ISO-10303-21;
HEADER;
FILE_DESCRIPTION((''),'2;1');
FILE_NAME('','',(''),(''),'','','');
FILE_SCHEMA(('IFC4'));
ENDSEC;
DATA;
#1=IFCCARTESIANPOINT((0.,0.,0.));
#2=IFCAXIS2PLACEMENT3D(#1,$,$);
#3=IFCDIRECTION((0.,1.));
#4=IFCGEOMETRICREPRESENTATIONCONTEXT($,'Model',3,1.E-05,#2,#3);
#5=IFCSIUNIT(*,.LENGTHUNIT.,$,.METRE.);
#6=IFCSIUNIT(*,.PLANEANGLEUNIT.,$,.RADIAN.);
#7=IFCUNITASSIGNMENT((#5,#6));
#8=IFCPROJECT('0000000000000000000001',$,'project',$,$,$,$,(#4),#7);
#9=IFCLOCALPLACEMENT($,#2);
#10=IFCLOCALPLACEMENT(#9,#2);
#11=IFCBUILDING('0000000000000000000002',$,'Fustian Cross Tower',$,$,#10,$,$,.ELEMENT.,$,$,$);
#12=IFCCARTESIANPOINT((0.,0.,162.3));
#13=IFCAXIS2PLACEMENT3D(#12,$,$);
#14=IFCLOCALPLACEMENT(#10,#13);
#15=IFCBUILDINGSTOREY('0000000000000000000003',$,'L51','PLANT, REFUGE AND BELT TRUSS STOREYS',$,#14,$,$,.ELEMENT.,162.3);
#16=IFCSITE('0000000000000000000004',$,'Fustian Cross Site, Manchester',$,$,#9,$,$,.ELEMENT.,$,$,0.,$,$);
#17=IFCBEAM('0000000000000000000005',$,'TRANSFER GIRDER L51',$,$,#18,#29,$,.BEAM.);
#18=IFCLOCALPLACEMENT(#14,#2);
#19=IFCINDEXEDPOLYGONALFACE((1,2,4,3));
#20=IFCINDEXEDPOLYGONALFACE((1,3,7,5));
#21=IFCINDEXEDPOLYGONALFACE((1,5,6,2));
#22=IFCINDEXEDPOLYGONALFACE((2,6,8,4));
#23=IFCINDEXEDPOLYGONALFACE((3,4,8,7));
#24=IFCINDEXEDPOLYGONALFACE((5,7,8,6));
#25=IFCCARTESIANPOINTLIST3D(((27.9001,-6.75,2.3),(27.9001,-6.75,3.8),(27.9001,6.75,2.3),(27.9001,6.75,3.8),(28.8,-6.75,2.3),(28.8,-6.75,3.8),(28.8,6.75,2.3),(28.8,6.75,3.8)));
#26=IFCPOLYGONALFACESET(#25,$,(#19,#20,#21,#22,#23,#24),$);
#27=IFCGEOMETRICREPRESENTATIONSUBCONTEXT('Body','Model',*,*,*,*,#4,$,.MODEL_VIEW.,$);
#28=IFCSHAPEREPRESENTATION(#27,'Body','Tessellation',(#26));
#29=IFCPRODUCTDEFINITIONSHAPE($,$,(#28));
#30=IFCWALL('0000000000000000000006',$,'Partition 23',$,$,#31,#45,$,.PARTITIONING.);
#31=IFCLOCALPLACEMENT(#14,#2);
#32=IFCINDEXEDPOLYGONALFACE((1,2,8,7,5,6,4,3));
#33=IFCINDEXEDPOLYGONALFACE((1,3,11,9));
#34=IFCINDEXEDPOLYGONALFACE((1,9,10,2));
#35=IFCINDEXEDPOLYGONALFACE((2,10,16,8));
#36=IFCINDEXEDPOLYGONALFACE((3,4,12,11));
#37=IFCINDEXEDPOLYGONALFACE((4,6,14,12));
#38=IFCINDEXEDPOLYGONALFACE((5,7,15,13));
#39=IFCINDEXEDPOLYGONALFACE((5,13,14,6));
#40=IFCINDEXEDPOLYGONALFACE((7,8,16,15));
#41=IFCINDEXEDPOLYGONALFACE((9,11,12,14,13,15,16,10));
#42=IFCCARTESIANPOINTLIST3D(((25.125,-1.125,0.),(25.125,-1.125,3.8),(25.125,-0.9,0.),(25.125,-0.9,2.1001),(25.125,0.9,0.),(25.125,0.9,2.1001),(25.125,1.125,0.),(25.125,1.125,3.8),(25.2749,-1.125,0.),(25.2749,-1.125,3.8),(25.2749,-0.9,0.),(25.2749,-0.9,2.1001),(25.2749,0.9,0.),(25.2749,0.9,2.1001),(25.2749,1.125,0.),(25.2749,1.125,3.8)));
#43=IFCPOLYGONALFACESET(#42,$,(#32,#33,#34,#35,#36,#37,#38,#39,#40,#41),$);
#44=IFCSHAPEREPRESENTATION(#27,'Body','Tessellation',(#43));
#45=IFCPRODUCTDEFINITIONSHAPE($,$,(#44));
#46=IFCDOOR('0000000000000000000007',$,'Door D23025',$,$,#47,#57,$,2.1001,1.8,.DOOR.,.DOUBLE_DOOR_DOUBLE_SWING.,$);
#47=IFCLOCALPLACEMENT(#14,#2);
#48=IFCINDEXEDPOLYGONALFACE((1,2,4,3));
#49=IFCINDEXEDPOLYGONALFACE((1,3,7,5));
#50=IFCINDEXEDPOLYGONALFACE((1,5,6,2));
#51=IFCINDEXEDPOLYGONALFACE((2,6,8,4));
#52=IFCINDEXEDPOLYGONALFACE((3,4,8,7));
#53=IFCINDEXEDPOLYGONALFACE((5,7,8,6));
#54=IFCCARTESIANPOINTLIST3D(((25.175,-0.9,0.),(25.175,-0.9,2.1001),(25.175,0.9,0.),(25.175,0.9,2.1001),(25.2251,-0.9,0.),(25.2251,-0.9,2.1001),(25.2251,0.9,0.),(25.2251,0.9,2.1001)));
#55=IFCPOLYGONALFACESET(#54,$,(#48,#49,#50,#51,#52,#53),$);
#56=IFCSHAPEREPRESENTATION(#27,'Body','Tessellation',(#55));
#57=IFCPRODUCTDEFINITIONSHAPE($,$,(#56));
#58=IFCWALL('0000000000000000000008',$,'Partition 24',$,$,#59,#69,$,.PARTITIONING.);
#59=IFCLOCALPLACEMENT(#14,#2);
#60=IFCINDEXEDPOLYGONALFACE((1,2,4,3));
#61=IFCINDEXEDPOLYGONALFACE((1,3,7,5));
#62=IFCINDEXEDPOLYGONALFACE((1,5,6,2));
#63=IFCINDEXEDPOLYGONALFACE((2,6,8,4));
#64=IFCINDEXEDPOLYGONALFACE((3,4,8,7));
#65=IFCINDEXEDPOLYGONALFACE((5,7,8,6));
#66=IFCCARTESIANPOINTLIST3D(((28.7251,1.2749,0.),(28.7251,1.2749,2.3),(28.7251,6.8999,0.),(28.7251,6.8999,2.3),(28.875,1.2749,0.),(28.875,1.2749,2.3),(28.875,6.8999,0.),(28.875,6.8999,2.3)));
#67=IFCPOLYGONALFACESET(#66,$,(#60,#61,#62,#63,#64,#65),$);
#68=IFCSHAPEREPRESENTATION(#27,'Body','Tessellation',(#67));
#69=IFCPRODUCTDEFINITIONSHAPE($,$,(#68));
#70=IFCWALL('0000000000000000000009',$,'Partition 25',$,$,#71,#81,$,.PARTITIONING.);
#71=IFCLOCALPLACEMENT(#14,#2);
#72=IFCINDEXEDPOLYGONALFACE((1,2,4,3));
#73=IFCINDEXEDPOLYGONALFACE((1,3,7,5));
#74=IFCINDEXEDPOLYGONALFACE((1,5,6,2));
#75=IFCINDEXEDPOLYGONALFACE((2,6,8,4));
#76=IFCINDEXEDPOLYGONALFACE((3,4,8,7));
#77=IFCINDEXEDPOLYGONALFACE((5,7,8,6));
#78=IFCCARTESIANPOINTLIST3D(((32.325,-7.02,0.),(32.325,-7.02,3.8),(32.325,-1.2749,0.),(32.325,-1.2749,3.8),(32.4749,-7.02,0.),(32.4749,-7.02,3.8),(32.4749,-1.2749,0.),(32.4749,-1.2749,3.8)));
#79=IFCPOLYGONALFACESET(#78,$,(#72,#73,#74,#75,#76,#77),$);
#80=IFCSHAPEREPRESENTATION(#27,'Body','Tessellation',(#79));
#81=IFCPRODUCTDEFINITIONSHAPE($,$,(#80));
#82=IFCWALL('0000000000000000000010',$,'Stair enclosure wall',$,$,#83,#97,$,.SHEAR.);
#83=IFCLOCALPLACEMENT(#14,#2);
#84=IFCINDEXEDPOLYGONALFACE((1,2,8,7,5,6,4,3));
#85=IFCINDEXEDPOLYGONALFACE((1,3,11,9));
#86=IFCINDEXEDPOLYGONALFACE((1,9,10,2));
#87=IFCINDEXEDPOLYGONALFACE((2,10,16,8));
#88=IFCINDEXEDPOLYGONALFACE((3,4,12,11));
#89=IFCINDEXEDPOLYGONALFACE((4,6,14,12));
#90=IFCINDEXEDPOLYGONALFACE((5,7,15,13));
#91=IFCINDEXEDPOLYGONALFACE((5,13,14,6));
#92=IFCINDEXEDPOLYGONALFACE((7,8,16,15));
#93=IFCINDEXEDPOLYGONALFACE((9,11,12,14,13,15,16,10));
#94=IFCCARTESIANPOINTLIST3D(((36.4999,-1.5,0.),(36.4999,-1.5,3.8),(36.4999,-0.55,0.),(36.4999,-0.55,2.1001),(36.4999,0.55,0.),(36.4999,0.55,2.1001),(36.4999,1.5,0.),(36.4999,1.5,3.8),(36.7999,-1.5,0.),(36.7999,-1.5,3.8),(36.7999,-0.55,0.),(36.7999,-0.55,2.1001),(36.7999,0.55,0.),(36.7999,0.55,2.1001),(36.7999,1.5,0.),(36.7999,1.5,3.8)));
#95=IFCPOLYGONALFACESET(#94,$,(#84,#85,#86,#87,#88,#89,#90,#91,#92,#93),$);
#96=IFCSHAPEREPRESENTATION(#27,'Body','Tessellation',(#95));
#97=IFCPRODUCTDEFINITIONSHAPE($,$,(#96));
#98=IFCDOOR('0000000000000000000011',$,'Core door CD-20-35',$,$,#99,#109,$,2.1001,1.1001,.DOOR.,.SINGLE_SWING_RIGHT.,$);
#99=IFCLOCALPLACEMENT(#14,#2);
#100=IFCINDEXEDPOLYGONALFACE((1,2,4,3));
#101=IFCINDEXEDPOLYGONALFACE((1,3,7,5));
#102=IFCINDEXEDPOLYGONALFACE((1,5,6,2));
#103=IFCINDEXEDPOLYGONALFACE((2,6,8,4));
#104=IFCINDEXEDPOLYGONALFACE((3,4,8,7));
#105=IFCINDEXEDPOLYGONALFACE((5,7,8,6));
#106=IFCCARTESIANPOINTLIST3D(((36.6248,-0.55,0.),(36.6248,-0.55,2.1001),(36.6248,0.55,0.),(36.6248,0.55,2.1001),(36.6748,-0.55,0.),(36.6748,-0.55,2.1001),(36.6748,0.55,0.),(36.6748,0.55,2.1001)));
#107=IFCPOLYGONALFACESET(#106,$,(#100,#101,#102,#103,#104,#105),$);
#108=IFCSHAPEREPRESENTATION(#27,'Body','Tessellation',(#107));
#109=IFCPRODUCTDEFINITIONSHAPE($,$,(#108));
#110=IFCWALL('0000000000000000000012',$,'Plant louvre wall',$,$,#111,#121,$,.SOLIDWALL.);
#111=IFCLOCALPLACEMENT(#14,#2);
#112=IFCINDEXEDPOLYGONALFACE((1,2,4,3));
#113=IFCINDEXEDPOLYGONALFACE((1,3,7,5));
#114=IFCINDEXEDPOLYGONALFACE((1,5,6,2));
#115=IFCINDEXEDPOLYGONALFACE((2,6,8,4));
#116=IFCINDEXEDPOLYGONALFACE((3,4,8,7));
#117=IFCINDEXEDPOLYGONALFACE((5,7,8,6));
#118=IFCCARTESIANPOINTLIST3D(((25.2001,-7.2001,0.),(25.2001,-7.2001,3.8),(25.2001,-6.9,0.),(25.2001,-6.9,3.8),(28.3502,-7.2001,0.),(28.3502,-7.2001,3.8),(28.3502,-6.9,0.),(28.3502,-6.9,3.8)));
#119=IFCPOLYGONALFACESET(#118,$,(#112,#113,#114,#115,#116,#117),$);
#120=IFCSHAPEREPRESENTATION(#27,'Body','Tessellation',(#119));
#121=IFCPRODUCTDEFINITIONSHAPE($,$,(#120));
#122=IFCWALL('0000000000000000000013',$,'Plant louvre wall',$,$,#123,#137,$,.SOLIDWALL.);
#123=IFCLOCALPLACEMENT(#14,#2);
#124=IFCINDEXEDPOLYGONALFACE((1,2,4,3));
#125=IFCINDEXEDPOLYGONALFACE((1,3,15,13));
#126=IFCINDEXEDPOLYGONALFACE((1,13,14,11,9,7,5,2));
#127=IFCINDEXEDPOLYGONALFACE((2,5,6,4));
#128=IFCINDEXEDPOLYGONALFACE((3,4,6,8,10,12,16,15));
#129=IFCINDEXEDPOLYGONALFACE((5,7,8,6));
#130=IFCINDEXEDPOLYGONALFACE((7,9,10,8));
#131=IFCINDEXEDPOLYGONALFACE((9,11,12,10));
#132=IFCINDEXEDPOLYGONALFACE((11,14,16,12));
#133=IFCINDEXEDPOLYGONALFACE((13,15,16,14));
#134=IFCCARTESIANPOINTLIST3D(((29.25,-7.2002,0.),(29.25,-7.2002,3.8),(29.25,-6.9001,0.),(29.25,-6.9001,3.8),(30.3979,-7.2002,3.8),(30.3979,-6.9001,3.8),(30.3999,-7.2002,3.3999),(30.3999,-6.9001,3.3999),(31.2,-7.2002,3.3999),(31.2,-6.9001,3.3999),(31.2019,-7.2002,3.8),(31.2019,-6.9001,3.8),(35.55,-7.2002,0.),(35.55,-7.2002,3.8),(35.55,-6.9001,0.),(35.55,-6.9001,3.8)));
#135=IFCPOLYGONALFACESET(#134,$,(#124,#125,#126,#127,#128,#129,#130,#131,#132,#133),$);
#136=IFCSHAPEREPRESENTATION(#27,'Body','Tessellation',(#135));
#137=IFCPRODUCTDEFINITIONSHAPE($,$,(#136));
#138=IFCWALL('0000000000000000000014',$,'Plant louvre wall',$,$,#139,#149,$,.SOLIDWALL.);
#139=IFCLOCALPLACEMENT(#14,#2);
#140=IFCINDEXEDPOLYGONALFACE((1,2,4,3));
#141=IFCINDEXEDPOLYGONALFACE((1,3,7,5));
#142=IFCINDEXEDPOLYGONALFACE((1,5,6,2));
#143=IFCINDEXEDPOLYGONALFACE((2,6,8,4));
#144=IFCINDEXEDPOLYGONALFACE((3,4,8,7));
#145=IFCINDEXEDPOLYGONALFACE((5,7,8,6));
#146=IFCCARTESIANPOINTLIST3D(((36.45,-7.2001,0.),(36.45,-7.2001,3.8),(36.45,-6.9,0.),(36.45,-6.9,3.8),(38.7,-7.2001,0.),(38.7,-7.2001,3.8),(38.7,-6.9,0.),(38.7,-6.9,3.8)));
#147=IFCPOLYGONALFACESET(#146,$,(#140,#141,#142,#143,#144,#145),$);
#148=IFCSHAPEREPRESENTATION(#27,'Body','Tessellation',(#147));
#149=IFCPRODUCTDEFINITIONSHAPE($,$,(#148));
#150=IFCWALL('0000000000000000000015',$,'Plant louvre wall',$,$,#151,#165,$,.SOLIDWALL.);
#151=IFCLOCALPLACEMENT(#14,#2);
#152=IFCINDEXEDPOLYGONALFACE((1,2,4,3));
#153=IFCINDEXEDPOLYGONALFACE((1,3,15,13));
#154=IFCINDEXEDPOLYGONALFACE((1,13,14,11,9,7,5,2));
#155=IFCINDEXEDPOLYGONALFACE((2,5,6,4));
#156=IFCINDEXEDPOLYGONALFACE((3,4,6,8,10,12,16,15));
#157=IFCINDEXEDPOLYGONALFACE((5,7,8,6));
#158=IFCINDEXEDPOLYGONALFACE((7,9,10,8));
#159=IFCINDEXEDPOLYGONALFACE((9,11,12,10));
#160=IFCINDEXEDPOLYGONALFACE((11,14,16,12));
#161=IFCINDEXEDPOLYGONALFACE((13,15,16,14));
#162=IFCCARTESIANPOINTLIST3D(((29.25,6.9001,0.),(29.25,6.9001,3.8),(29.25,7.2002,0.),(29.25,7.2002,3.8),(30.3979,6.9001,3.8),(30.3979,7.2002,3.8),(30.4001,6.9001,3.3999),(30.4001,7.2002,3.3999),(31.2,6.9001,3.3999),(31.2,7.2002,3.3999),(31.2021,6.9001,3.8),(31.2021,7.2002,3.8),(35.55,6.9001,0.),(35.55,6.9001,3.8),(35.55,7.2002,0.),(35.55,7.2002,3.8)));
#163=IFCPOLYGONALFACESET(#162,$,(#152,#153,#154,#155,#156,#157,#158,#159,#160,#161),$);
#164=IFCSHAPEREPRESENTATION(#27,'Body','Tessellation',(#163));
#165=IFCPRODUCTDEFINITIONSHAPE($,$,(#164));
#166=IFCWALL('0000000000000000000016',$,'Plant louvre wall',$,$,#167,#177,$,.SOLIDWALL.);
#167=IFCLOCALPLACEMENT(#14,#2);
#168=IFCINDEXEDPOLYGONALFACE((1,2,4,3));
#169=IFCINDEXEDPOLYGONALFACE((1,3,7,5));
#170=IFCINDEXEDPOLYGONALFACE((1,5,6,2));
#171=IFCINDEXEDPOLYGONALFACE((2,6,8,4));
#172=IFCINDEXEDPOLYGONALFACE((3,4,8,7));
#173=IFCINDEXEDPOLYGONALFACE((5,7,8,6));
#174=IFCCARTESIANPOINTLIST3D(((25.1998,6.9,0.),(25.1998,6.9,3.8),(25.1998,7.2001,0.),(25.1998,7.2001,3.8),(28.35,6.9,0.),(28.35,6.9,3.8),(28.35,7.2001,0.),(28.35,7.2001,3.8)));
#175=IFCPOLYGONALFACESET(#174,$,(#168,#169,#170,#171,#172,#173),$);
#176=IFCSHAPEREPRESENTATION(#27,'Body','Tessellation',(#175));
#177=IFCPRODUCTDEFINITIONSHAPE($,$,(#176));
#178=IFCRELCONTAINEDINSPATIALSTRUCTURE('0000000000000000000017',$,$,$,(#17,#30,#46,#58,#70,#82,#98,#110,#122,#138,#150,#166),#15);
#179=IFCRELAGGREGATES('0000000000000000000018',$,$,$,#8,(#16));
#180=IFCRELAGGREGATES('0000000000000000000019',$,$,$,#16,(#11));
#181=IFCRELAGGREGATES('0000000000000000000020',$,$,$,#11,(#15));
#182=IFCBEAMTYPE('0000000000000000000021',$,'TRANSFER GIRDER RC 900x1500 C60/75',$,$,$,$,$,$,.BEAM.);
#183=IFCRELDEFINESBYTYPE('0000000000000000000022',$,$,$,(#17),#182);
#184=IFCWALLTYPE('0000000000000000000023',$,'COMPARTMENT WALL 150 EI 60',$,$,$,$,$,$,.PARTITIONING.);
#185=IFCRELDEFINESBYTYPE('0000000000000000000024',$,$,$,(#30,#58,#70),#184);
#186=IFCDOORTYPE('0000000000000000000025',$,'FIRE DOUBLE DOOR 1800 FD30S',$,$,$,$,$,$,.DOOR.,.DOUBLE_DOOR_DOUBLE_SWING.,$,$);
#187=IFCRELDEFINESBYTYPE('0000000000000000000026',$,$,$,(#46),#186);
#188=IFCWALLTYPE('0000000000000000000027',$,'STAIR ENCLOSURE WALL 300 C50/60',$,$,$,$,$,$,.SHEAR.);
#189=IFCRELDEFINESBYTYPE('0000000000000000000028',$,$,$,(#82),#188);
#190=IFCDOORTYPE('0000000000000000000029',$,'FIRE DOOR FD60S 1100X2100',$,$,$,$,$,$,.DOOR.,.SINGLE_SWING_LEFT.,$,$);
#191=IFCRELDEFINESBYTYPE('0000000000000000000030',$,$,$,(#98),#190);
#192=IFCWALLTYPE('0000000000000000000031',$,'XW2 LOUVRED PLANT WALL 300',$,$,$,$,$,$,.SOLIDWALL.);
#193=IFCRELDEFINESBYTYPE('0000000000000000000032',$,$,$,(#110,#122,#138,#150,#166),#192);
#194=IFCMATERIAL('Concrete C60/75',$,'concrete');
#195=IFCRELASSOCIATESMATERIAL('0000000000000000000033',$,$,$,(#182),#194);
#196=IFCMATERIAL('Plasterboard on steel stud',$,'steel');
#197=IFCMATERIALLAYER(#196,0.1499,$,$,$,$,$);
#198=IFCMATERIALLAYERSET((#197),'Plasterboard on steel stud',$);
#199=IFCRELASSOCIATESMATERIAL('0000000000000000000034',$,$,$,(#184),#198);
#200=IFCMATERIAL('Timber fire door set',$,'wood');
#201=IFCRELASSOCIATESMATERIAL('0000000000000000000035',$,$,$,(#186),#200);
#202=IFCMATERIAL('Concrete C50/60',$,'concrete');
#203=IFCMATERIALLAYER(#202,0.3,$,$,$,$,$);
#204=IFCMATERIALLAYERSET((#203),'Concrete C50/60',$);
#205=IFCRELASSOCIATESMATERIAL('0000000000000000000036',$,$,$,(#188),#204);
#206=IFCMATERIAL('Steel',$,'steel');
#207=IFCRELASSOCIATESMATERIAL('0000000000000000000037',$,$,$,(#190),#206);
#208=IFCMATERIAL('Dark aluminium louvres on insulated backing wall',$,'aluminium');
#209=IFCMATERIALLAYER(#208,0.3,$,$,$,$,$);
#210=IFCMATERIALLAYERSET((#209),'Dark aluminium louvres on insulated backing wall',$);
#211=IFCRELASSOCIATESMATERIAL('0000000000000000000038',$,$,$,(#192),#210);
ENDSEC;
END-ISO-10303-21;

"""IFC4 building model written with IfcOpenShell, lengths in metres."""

from ifc_helpers import new_model, si_unit, direction, frame, frame_2d, origin, origin_2d, place, context, subcontext, project, spatial, polyline, rectangle, outline, extrude, material, layer, layer_set, material_profile, profile_set, type_object, element, fill, save


model = new_model("IFC4")

# Units and contexts
model_context = context("Model", 3, precision=1e-05, world=origin(), true_north=direction((0.0, 1.0)))
body_context = subcontext(model_context, "Body", "Model", "MODEL_VIEW")
ifc_project = project(units=[si_unit("LENGTHUNIT", "METRE"), si_unit("PLANEANGLEUNIT", "RADIAN")], contexts=[model_context])

# Site, building, storey
site_placement = place(None, origin())
site = spatial("IfcSite", under=ifc_project, at=site_placement, Name="Fustian Cross Site, Manchester", CompositionType="ELEMENT", RefElevation=0.0)
building_placement = place(site_placement, origin())
building = spatial("IfcBuilding", under=site, at=building_placement, Name="Fustian Cross Tower", CompositionType="ELEMENT")
storey_placement = place(building_placement, frame((0.0, 0.0, 162.3)))
storey = spatial("IfcBuildingStorey", under=building, at=storey_placement, Name="L51", Description="PLANT, REFUGE AND BELT TRUSS STOREYS", CompositionType="ELEMENT", Elevation=162.3)

# Beam
ifc_material_1 = material(Name="Concrete C60/75", Category="concrete")
ifc_material_profile_1 = material_profile(ifc_material_1, rectangle(XDim=0.8999, YDim=1.5, at=origin_2d()), Name="RC 900x1500")
ifc_profile_set_1 = profile_set([ifc_material_profile_1], Name="Concrete C60/75")
beam_type_1 = type_object("IfcBeamType", Name="TRANSFER GIRDER RC 900x1500 C60/75", PredefinedType="BEAM", material=ifc_profile_set_1)
beam_1_placement = place(storey_placement, frame((28.3501, -6.75, 3.05), z_axis=(0.0, 1.0, 0.0), x_axis=(-1.0, 0.0, 0.0)))
element("IfcBeam", 1, at=beam_1_placement, inside=storey, type_object=beam_type_1, Name="TRANSFER GIRDER L51", PredefinedType="BEAM", context=body_context, shape_type="SweptSolid", body=[
    extrude(rectangle(XDim=0.8999, YDim=1.5, at=origin_2d()), origin(), (0.0, 0.0, 1.0), 13.5),
])

# Wall, opening, door
ifc_material_2 = material(Name="Plasterboard on steel stud", Category="steel")
ifc_layer_1 = layer(ifc_material_2, 0.1499)
ifc_layer_set_1 = layer_set([ifc_layer_1], Name="Plasterboard on steel stud")
wall_type_1 = type_object("IfcWallType", Name="COMPARTMENT WALL 150 EI 60", PredefinedType="PARTITIONING", material=ifc_layer_set_1)
wall_1_placement = place(storey_placement, frame((25.2, -1.125, 0.0), z_axis=(0.0, 0.0, 1.0), x_axis=(0.0, 1.0, 0.0)))
wall_1 = element("IfcWall", 2, at=wall_1_placement, inside=storey, type_object=wall_type_1, Name="Partition 23", PredefinedType="PARTITIONING", context=body_context, shape_type="SweptSolid", body=[
    extrude(rectangle(XDim=2.25, YDim=0.1499, at=frame_2d((1.125, 0.0))), origin(), (0.0, 0.0, 1.0), 3.8),
])
opening_1_placement = place(wall_1_placement, frame((0.2251, 0.0, 0.0)))
opening_1 = element("IfcOpeningElement", 3, at=opening_1_placement, cuts=wall_1, PredefinedType="OPENING", context=body_context, shape_type="SweptSolid", body=[
    extrude(rectangle(XDim=1.8, YDim=2.1001, at=frame_2d((0.8999, 1.05))), frame((0.0, 0.085, 0.0), z_axis=(0.0, -1.0, 0.0), x_axis=(1.0, 0.0, 0.0)), (0.0, 0.0, 1.0), 0.1699),
])
ifc_material_3 = material(Name="Timber fire door set", Category="wood")
door_type_1 = type_object("IfcDoorType", Name="FIRE DOUBLE DOOR 1800 FD30S", OperationType="DOUBLE_DOOR_DOUBLE_SWING", PredefinedType="DOOR", material=ifc_material_3)
door_1_placement = place(opening_1_placement, origin())
door_1 = element("IfcDoor", 4, at=door_1_placement, inside=storey, type_object=door_type_1, Name="Door D23025", OperationType="DOUBLE_DOOR_DOUBLE_SWING", OverallHeight=2.1001, OverallWidth=1.8, PredefinedType="DOOR", context=body_context, shape_type="SweptSolid", body=[
    extrude(rectangle(XDim=1.8, YDim=2.1001, at=frame_2d((0.8999, 1.05))), frame((0.0, 0.0249, 0.0), z_axis=(0.0, -1.0, 0.0), x_axis=(1.0, 0.0, 0.0)), (0.0, 0.0, 1.0), 0.05),
])
fill(opening_1, door_1)

# Walls
wall_2_placement = place(storey_placement, frame((28.8, 1.2749, 0.0), z_axis=(0.0, 0.0, 1.0), x_axis=(0.0, 1.0, 0.0)))
element("IfcWall", 5, at=wall_2_placement, inside=storey, type_object=wall_type_1, Name="Partition 24", PredefinedType="PARTITIONING", context=body_context, shape_type="SweptSolid", body=[
    extrude(rectangle(XDim=5.625, YDim=0.1499, at=frame_2d((2.8125, 0.0))), origin(), (0.0, 0.0, 1.0), 2.3),
])
wall_3_placement = place(storey_placement, frame((32.3999, -7.02, 0.0), z_axis=(0.0, 0.0, 1.0), x_axis=(0.0, 1.0, 0.0)))
element("IfcWall", 6, at=wall_3_placement, inside=storey, type_object=wall_type_1, Name="Partition 25", PredefinedType="PARTITIONING", context=body_context, shape_type="SweptSolid", body=[
    extrude(rectangle(XDim=5.7451, YDim=0.1499, at=frame_2d((2.8726, 0.0))), origin(), (0.0, 0.0, 1.0), 3.8),
])

# Wall, opening, door
ifc_material_4 = material(Name="Concrete C50/60", Category="concrete")
ifc_layer_2 = layer(ifc_material_4, 0.3)
ifc_layer_set_2 = layer_set([ifc_layer_2], Name="Concrete C50/60")
wall_type_2 = type_object("IfcWallType", Name="STAIR ENCLOSURE WALL 300 C50/60", PredefinedType="SHEAR", material=ifc_layer_set_2)
wall_4_placement = place(storey_placement, frame((36.6499, -1.5, 0.0), z_axis=(0.0, 0.0, 1.0), x_axis=(0.0, 1.0, 0.0)))
wall_4 = element("IfcWall", 7, at=wall_4_placement, inside=storey, type_object=wall_type_2, Name="Stair enclosure wall", PredefinedType="SHEAR", context=body_context, shape_type="SweptSolid", body=[
    extrude(rectangle(XDim=3.0, YDim=0.3, at=frame_2d((1.5, 0.0))), origin(), (0.0, 0.0, 1.0), 3.8),
])
opening_2_placement = place(wall_4_placement, frame((0.95, 0.0, 0.0)))
opening_2 = element("IfcOpeningElement", 8, at=opening_2_placement, cuts=wall_4, PredefinedType="OPENING", context=body_context, shape_type="SweptSolid", body=[
    extrude(rectangle(XDim=1.1001, YDim=2.1001, at=frame_2d((0.55, 1.05))), frame((0.0, 0.1599, 0.0), z_axis=(0.0, -1.0, 0.0), x_axis=(1.0, 0.0, 0.0)), (0.0, 0.0, 1.0), 0.3201),
])
ifc_material_5 = material(Name="Steel", Category="steel")
door_type_2 = type_object("IfcDoorType", Name="FIRE DOOR FD60S 1100X2100", OperationType="SINGLE_SWING_LEFT", PredefinedType="DOOR", material=ifc_material_5)
door_2_placement = place(opening_2_placement, frame((1.1001, 0.0, 0.0), z_axis=(0.0, 0.0, 1.0), x_axis=(-1.0, 0.0, 0.0)))
door_2 = element("IfcDoor", 9, at=door_2_placement, inside=storey, type_object=door_type_2, Name="Core door CD-20-35", OperationType="SINGLE_SWING_RIGHT", OverallHeight=2.1001, OverallWidth=1.1001, PredefinedType="DOOR", context=body_context, shape_type="SweptSolid", body=[
    extrude(rectangle(XDim=1.1001, YDim=2.1001, at=frame_2d((0.55, 1.05))), frame((0.0, 0.0249, 0.0), z_axis=(0.0, -1.0, 0.0), x_axis=(1.0, 0.0, 0.0)), (0.0, 0.0, 1.0), 0.05),
])
fill(opening_2, door_2)

# Walls
ifc_material_6 = material(Name="Dark aluminium louvres on insulated backing wall", Category="aluminium")
ifc_layer_3 = layer(ifc_material_6, 0.3)
ifc_layer_set_3 = layer_set([ifc_layer_3], Name="Dark aluminium louvres on insulated backing wall")
wall_type_3 = type_object("IfcWallType", Name="XW2 LOUVRED PLANT WALL 300", PredefinedType="SOLIDWALL", material=ifc_layer_set_3)
wall_5_placement = place(storey_placement, frame((25.2, -7.05, 0.0), z_axis=(0.0, 0.0, 1.0), x_axis=(1.0, 0.0, 0.0)))
element("IfcWall", 10, at=wall_5_placement, inside=storey, type_object=wall_type_3, Name="Plant louvre wall", PredefinedType="SOLIDWALL", context=body_context, shape_type="SweptSolid", body=[
    extrude(rectangle(XDim=3.1501, YDim=0.3, at=frame_2d((1.5752, 0.0))), origin(), (0.0, 0.0, 1.0), 3.8),
])
wall_6_placement = place(storey_placement, frame((29.25, -7.05, 0.0), z_axis=(0.0, 0.0, 1.0), x_axis=(1.0, 0.0, 0.0)))
element("IfcWall", 11, at=wall_6_placement, inside=storey, type_object=wall_type_3, Name="Plant louvre wall", PredefinedType="SOLIDWALL", context=body_context, shape_type="SweptSolid", body=[
    extrude(outline(polyline([(0.0, 0.0), (6.3, 0.0), (6.3, 3.8), (1.9519, 3.8), (1.95, 3.3999), (1.1499, 3.3999), (1.1479, 3.8), (0.0, 3.8), (0.0, 0.0)])), frame((0.0, 0.1499, 0.0), z_axis=(0.0, -1.0, 0.0), x_axis=(1.0, 0.0, 0.0)), (0.0, 0.0, 1.0), 0.3),
])
wall_7_placement = place(storey_placement, frame((36.45, -7.05, 0.0), z_axis=(0.0, 0.0, 1.0), x_axis=(1.0, 0.0, 0.0)))
element("IfcWall", 12, at=wall_7_placement, inside=storey, type_object=wall_type_3, Name="Plant louvre wall", PredefinedType="SOLIDWALL", context=body_context, shape_type="SweptSolid", body=[
    extrude(rectangle(XDim=2.25, YDim=0.3, at=frame_2d((1.125, 0.0))), origin(), (0.0, 0.0, 1.0), 3.8),
])
wall_8_placement = place(storey_placement, frame((35.55, 7.05, 0.0), z_axis=(0.0, 0.0, 1.0), x_axis=(-1.0, 0.0, 0.0)))
element("IfcWall", 13, at=wall_8_placement, inside=storey, type_object=wall_type_3, Name="Plant louvre wall", PredefinedType="SOLIDWALL", context=body_context, shape_type="SweptSolid", body=[
    extrude(outline(polyline([(0.0, 0.0), (6.3, 0.0), (6.3, 3.8), (5.1521, 3.8), (5.1499, 3.3999), (4.3501, 3.3999), (4.3479, 3.8), (0.0, 3.8), (0.0, 0.0)])), frame((0.0, 0.1499, 0.0), z_axis=(0.0, -1.0, 0.0), x_axis=(1.0, 0.0, 0.0)), (0.0, 0.0, 1.0), 0.3),
])
wall_9_placement = place(storey_placement, frame((28.3501, 7.05, 0.0), z_axis=(0.0, 0.0, 1.0), x_axis=(-1.0, 0.0, 0.0)))
element("IfcWall", 14, at=wall_9_placement, inside=storey, type_object=wall_type_3, Name="Plant louvre wall", PredefinedType="SOLIDWALL", context=body_context, shape_type="SweptSolid", body=[
    extrude(rectangle(XDim=3.1501, YDim=0.3, at=frame_2d((1.5752, 0.0))), origin(), (0.0, 0.0, 1.0), 3.8),
])

save(model, "model.ifc")
